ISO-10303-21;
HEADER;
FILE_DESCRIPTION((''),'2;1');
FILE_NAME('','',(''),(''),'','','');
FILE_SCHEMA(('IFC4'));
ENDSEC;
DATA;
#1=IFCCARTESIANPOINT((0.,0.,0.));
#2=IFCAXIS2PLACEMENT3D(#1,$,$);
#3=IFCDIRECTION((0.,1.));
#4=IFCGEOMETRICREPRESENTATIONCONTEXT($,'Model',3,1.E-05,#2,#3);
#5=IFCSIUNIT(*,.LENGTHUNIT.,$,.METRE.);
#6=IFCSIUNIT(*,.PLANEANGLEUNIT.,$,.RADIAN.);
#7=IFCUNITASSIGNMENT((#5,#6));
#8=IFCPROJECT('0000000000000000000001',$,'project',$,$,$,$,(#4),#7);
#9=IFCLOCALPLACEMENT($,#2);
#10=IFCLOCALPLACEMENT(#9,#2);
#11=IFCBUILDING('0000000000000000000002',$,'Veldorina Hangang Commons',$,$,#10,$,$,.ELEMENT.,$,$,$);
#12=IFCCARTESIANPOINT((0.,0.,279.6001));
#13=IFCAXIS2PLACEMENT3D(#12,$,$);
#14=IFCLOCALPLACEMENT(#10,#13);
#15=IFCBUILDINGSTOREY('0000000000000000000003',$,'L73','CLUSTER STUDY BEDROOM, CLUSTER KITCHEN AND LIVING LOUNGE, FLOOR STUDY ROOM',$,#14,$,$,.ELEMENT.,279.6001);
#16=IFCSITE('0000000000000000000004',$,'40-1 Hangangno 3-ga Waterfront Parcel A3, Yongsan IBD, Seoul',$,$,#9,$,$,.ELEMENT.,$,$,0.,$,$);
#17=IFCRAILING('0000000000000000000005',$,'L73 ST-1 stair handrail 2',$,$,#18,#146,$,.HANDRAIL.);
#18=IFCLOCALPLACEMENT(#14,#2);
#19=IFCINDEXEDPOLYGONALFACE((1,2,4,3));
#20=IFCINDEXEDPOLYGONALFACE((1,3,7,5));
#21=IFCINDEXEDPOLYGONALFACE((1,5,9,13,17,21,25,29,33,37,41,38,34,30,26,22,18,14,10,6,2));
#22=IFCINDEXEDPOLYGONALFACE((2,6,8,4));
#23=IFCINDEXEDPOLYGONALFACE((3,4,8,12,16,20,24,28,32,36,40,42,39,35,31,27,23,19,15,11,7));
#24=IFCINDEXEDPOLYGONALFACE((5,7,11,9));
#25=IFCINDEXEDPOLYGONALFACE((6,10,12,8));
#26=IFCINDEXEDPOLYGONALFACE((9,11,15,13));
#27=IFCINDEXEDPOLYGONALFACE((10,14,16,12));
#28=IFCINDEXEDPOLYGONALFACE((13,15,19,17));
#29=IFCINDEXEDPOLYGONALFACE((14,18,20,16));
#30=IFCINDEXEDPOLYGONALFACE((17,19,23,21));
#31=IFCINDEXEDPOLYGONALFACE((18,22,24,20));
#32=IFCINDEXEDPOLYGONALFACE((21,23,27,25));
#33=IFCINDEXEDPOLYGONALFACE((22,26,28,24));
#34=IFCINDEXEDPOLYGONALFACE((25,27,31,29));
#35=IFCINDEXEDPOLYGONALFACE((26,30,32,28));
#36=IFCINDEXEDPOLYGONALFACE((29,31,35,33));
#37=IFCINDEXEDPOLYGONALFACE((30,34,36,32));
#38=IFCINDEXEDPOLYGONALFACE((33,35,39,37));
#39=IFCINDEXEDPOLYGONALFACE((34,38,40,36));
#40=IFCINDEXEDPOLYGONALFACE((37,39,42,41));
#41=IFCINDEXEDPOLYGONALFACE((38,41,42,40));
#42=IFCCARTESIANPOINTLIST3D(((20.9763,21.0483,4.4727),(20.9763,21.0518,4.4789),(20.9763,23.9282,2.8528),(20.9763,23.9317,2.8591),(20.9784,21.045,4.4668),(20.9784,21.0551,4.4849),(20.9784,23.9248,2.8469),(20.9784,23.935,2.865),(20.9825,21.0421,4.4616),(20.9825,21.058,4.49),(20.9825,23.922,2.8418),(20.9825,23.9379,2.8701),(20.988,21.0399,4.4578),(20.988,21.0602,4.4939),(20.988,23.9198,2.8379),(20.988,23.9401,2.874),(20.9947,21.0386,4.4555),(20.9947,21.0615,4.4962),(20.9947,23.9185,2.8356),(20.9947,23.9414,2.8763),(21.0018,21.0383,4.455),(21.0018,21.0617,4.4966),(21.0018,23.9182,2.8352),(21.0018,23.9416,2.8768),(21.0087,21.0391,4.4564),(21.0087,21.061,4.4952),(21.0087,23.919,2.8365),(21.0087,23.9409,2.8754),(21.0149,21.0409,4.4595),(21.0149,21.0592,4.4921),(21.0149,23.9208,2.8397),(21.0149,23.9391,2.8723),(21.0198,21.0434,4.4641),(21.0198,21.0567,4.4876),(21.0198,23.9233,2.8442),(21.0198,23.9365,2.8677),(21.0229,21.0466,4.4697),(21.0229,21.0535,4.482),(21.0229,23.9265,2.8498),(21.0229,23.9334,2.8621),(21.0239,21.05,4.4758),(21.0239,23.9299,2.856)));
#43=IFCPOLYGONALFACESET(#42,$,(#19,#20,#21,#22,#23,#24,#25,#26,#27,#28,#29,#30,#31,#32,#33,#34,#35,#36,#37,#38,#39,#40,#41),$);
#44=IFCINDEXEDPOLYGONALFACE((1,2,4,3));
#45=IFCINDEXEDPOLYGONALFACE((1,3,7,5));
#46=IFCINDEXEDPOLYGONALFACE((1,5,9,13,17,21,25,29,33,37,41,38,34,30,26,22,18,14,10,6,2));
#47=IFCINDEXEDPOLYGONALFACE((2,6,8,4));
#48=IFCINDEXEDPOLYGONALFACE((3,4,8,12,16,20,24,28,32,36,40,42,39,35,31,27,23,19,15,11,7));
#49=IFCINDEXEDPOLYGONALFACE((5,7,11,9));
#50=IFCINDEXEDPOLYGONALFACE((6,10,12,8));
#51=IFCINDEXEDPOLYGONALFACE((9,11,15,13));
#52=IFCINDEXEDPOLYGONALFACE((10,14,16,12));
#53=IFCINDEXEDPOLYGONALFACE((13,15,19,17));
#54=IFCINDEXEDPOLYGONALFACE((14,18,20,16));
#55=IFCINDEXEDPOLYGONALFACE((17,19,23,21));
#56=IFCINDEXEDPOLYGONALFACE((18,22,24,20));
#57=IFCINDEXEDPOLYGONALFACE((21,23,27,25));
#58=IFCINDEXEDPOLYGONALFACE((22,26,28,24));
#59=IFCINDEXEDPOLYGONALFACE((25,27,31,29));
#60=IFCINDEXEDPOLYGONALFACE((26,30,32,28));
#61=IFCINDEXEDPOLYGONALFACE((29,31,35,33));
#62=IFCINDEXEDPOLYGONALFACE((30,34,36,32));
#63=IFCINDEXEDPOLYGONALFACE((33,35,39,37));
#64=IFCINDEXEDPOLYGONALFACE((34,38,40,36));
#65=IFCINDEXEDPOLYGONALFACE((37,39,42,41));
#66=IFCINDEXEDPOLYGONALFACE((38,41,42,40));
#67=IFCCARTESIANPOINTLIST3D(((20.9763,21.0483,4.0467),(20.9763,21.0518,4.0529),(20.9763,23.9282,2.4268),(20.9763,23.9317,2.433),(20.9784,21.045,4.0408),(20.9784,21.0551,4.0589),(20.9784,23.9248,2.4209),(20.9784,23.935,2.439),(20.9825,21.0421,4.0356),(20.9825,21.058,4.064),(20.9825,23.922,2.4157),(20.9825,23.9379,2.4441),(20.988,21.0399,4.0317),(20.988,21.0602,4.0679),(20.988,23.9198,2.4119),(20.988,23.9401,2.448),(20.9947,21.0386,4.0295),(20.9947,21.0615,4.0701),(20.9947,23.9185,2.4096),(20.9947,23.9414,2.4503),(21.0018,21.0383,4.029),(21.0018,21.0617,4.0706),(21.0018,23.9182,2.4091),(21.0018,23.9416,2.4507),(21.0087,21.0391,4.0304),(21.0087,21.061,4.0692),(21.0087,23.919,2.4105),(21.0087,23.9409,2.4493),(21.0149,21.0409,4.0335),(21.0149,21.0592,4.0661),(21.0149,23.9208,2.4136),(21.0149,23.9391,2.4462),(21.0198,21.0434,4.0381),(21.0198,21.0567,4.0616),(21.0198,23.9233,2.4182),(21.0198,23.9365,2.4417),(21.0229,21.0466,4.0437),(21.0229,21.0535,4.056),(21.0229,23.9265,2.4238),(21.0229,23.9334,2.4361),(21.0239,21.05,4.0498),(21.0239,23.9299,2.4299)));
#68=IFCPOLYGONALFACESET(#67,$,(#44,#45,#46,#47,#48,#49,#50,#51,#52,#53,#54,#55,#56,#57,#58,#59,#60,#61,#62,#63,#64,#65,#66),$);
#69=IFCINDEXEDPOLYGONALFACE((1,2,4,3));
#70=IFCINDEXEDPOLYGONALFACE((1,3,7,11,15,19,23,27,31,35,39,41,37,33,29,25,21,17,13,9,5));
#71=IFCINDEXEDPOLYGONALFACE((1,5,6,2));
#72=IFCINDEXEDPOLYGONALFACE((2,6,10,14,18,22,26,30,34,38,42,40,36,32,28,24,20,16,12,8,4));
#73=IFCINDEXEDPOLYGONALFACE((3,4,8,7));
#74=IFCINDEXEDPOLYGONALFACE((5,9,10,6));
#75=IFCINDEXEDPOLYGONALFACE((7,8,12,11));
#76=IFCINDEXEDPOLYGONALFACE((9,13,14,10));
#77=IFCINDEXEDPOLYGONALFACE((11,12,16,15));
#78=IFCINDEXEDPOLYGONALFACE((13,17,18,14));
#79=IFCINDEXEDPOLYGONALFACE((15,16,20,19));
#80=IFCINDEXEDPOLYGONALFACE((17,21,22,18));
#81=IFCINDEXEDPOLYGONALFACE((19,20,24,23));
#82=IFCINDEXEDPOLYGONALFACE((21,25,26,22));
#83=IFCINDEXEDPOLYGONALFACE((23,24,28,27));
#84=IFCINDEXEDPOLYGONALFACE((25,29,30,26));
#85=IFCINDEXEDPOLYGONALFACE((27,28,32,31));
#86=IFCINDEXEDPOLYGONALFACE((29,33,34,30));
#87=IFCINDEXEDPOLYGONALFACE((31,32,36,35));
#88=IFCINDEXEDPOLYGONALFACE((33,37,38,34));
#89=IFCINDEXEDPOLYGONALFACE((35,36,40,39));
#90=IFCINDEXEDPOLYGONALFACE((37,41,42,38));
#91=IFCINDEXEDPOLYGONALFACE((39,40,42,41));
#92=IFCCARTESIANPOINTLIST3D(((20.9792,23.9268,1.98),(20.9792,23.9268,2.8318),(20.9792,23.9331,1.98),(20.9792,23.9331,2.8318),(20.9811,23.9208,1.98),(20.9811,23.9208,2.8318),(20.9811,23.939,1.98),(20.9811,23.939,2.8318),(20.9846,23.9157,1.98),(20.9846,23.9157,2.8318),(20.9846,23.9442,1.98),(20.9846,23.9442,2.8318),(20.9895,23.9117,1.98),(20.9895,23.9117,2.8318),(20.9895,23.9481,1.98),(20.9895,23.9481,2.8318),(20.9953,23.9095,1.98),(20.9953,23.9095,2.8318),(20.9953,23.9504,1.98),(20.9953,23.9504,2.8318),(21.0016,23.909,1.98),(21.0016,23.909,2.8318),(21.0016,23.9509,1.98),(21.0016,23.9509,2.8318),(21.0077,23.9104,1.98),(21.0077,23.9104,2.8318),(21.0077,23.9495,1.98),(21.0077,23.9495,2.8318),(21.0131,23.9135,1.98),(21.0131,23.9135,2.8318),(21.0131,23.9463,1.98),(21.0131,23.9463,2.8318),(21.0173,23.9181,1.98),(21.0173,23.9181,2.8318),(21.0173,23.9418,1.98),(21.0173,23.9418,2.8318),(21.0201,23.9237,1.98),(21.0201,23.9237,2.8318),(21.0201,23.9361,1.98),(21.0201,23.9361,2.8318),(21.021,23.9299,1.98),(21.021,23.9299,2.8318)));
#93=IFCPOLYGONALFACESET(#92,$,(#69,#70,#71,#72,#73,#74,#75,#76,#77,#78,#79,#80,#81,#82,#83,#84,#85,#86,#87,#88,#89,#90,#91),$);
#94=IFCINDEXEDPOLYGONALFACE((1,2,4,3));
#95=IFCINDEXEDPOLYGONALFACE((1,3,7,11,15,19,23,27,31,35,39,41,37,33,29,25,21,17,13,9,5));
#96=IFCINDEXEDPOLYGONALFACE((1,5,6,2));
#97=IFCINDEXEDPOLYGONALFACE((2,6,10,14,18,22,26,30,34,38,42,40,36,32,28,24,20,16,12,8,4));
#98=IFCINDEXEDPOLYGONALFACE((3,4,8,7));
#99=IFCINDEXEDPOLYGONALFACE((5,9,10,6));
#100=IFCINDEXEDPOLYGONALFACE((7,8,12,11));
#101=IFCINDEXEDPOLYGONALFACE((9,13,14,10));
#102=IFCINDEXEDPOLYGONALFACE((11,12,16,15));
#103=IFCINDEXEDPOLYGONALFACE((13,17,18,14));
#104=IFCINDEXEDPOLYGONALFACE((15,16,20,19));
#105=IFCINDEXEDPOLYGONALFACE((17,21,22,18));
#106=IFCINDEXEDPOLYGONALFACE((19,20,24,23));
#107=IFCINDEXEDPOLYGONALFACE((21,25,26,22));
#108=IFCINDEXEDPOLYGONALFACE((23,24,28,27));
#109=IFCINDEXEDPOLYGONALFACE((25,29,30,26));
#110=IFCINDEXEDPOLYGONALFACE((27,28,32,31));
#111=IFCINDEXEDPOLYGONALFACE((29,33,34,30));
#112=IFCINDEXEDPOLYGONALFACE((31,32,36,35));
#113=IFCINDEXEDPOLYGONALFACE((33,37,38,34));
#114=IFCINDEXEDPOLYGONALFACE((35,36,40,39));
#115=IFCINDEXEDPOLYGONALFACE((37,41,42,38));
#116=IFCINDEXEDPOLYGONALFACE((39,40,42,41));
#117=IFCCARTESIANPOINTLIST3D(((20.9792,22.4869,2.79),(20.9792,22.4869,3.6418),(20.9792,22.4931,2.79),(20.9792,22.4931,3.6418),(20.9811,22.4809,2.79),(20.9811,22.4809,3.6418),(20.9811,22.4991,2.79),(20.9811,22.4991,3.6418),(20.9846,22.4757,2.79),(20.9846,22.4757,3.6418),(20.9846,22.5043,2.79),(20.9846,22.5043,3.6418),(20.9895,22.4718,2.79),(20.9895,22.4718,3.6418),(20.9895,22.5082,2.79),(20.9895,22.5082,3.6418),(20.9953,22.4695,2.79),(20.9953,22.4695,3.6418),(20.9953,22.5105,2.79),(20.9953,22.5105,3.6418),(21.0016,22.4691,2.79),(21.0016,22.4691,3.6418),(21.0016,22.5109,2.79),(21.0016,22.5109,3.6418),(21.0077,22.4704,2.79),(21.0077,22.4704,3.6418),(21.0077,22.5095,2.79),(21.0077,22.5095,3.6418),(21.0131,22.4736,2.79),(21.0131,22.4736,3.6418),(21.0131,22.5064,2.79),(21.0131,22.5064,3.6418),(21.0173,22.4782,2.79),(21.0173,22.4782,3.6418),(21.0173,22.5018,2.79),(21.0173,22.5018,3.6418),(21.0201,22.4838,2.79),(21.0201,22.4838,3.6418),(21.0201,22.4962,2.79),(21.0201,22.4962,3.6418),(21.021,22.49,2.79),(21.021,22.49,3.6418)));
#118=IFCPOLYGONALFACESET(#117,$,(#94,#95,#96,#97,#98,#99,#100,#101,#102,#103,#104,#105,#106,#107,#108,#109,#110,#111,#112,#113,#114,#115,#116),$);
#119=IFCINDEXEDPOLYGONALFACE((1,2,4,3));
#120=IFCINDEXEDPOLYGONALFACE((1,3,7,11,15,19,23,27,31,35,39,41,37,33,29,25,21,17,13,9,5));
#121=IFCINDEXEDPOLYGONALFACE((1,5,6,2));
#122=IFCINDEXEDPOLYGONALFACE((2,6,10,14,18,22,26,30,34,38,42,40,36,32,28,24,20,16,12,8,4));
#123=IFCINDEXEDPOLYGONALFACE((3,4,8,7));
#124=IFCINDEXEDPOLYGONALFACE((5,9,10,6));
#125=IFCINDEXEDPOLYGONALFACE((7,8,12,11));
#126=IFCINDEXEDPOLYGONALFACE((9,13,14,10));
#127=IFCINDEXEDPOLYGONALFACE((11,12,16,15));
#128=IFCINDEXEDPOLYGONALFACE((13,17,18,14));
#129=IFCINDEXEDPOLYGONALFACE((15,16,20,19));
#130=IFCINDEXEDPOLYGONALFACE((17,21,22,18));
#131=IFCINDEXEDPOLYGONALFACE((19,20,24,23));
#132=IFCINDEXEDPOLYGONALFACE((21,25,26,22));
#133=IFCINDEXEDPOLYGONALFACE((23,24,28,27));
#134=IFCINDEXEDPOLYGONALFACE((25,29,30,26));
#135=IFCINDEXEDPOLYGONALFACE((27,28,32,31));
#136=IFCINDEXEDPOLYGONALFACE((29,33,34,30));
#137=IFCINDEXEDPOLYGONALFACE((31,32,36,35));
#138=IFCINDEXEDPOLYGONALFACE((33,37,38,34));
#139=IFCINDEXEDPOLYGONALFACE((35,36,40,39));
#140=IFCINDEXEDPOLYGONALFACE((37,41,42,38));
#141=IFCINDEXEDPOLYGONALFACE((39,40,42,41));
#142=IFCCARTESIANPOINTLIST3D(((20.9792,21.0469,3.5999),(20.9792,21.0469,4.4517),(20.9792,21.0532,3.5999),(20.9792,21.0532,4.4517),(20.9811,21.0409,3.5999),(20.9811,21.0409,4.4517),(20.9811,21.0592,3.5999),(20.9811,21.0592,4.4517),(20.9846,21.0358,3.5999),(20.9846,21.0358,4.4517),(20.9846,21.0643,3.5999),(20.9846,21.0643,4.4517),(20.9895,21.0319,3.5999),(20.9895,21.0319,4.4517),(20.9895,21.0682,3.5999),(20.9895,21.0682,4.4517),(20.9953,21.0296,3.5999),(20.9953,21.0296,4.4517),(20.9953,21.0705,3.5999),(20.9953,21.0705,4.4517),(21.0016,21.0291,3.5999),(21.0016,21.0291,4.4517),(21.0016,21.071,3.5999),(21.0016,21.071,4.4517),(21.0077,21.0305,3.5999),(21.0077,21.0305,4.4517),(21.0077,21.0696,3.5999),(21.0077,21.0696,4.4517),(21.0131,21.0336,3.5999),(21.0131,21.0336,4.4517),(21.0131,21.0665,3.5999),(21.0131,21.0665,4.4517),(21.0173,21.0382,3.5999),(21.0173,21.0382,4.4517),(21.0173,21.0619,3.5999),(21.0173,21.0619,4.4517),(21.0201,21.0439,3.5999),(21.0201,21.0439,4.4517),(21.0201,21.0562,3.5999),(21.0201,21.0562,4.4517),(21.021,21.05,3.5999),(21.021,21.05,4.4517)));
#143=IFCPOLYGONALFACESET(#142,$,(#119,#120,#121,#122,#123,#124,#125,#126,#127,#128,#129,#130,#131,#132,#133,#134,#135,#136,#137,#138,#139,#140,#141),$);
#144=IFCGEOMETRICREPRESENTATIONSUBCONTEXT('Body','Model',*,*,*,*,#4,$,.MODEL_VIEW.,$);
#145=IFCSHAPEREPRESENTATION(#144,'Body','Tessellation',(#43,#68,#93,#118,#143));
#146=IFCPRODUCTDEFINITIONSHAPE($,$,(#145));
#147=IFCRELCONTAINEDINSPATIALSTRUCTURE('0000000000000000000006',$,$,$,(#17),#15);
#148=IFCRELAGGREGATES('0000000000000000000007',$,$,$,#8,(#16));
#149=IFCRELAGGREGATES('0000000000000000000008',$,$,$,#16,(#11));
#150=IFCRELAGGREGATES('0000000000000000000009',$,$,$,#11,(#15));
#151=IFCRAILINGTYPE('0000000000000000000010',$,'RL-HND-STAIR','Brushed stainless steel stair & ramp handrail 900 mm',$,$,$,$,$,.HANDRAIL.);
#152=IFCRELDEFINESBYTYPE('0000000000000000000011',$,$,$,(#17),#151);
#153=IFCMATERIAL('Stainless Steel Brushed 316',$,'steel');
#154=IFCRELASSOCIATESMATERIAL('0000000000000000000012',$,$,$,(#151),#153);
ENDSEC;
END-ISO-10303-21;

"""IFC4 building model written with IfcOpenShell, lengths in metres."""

from ifc_helpers import new_model, si_unit, direction, frame, origin, origin_2d, place, context, subcontext, project, spatial, circle, extrude, material, type_object, element, save


model = new_model("IFC4")

# Units and contexts
model_context = context("Model", 3, precision=1e-05, world=origin(), true_north=direction((0.0, 1.0)))
body_context = subcontext(model_context, "Body", "Model", "MODEL_VIEW")
ifc_project = project(units=[si_unit("LENGTHUNIT", "METRE"), si_unit("PLANEANGLEUNIT", "RADIAN")], contexts=[model_context])

# Site, building, storey
site_placement = place(None, origin())
site = spatial("IfcSite", under=ifc_project, at=site_placement, Name="40-1 Hangangno 3-ga Waterfront Parcel A3, Yongsan IBD, Seoul", CompositionType="ELEMENT", RefElevation=0.0)
building_placement = place(site_placement, origin())
building = spatial("IfcBuilding", under=site, at=building_placement, Name="Veldorina Hangang Commons", CompositionType="ELEMENT")
storey_placement = place(building_placement, frame((0.0, 0.0, 279.6001)))
storey = spatial("IfcBuildingStorey", under=building, at=storey_placement, Name="L73", Description="CLUSTER STUDY BEDROOM, CLUSTER KITCHEN AND LIVING LOUNGE, FLOOR STUDY ROOM", CompositionType="ELEMENT", Elevation=279.6001)

# Railing
ifc_material_1 = material(Name="Stainless Steel Brushed 316", Category="steel")
railing_type_1 = type_object("IfcRailingType", Name="RL-HND-STAIR", Description="Brushed stainless steel stair & ramp handrail 900 mm", PredefinedType="HANDRAIL", material=ifc_material_1)
railing_1_placement = place(storey_placement, frame((21.0, 23.9299, 1.98)))
element("IfcRailing", 1, at=railing_1_placement, inside=storey, type_object=railing_type_1, Name="L73 ST-1 stair handrail 2", PredefinedType="HANDRAIL", context=body_context, shape_type="SweptSolid", body=[
    extrude(circle(Radius=0.0239, at=origin_2d()), frame((0.0, 0.0, 0.876), z_axis=(0.0, -0.871583, 0.490247), x_axis=(1.0, 0.0, 0.0)), (0.0, 0.0, 1.0), 3.3042),
    extrude(circle(Radius=0.0239, at=origin_2d()), frame((0.0, 0.0, 0.45), z_axis=(0.0, -0.871583, 0.490247), x_axis=(1.0, 0.0, 0.0)), (0.0, 0.0, 1.0), 3.3042),
    extrude(circle(Radius=0.021, at=origin_2d()), origin(), (0.0, 0.0, 1.0), 0.8518),
    extrude(circle(Radius=0.021, at=origin_2d()), frame((0.0, -1.4399, 0.8101)), (0.0, 0.0, 1.0), 0.8518),
    extrude(circle(Radius=0.021, at=origin_2d()), frame((0.0, -2.8799, 1.6199)), (0.0, 0.0, 1.0), 0.8518),
])

save(model, "model.ifc")
